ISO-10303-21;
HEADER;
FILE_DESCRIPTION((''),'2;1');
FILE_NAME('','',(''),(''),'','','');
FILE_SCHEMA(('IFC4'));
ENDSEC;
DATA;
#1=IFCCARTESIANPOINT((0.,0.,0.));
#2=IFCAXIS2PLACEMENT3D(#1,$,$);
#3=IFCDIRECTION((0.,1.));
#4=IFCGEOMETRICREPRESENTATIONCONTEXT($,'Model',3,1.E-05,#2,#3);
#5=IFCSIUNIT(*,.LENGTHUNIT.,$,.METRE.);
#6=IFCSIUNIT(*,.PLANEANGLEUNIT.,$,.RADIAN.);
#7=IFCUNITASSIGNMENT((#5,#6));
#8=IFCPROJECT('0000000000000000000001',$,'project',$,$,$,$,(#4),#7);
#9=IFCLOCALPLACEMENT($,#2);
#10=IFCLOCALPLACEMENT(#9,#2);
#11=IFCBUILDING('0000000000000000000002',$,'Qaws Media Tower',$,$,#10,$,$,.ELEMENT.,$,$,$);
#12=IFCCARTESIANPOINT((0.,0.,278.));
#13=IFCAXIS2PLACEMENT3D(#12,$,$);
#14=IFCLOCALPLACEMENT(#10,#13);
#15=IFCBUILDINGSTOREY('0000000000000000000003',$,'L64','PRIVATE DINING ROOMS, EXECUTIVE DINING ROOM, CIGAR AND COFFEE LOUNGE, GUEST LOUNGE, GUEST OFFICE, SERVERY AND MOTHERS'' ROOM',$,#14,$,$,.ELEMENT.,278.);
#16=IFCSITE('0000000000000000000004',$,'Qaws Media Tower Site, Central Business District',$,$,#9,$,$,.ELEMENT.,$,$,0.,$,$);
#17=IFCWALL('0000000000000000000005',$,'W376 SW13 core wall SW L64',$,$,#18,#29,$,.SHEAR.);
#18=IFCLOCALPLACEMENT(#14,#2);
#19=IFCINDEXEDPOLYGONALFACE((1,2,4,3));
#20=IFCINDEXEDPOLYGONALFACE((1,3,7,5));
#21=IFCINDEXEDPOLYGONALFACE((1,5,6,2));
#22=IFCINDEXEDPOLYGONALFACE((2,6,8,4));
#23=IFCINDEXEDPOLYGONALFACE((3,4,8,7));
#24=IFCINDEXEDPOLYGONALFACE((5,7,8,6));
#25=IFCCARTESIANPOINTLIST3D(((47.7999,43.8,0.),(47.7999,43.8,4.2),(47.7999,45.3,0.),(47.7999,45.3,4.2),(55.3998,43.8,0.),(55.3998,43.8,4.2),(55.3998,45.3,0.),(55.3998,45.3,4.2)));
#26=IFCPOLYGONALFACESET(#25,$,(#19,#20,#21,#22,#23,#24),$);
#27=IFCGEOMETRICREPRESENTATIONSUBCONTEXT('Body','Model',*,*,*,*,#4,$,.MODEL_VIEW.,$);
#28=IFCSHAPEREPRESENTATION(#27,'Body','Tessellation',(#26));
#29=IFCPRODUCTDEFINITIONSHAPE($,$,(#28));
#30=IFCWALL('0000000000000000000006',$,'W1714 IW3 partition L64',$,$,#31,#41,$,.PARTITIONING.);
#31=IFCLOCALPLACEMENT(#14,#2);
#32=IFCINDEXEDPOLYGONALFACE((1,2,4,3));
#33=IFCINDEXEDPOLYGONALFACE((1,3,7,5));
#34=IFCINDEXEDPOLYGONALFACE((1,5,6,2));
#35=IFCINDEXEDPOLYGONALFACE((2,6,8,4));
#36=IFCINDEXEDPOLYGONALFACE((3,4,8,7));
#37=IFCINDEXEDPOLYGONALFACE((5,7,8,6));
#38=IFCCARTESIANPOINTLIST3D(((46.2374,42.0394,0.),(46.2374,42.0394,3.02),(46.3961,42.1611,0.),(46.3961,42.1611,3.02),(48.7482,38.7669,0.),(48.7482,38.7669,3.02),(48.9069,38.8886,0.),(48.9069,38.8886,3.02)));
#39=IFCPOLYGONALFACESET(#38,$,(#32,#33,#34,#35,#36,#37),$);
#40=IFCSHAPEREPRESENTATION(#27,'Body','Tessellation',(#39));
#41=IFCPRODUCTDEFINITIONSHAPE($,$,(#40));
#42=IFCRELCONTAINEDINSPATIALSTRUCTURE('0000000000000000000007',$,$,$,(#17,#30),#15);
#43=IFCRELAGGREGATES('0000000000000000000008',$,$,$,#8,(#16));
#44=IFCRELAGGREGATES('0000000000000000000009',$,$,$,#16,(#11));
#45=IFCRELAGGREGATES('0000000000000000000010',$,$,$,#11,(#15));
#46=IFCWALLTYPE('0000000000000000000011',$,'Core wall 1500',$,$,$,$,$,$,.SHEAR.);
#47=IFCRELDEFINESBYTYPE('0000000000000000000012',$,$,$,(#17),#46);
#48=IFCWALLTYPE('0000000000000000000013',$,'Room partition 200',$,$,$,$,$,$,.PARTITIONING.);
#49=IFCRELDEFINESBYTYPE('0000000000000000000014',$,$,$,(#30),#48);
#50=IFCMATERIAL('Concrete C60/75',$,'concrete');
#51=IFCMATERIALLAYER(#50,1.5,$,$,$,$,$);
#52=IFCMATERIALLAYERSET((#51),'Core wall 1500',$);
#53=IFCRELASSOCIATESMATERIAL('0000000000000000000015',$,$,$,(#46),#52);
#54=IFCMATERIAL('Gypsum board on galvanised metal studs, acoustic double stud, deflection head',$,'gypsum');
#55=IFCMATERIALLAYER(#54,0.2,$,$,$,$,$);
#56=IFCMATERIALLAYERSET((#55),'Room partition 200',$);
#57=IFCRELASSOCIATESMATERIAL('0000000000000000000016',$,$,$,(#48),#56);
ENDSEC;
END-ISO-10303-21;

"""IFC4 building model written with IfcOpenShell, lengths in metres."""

from ifc_helpers import new_model, si_unit, direction, frame, frame_2d, origin, place, context, subcontext, project, spatial, rectangle, extrude, material, layer, layer_set, type_object, element, save


model = new_model("IFC4")

# Units and contexts
model_context = context("Model", 3, precision=1e-05, world=origin(), true_north=direction((0.0, 1.0)))
body_context = subcontext(model_context, "Body", "Model", "MODEL_VIEW")
ifc_project = project(units=[si_unit("LENGTHUNIT", "METRE"), si_unit("PLANEANGLEUNIT", "RADIAN")], contexts=[model_context])

# Site, building, storey
site_placement = place(None, origin())
site = spatial("IfcSite", under=ifc_project, at=site_placement, Name="Qaws Media Tower Site, Central Business District", CompositionType="ELEMENT", RefElevation=0.0)
building_placement = place(site_placement, origin())
building = spatial("IfcBuilding", under=site, at=building_placement, Name="Qaws Media Tower", CompositionType="ELEMENT")
storey_placement = place(building_placement, frame((0.0, 0.0, 278.0)))
storey = spatial("IfcBuildingStorey", under=building, at=storey_placement, Name="L64", Description="PRIVATE DINING ROOMS, EXECUTIVE DINING ROOM, CIGAR AND COFFEE LOUNGE, GUEST LOUNGE, GUEST OFFICE, SERVERY AND MOTHERS' ROOM", CompositionType="ELEMENT", Elevation=278.0)

# Walls
ifc_material_1 = material(Name="Concrete C60/75", Category="concrete")
ifc_layer_1 = layer(ifc_material_1, 1.5)
ifc_layer_set_1 = layer_set([ifc_layer_1], Name="Core wall 1500")
wall_type_1 = type_object("IfcWallType", Name="Core wall 1500", PredefinedType="SHEAR", material=ifc_layer_set_1)
wall_1_placement = place(storey_placement, frame((47.8, 44.55, 0.0), z_axis=(0.0, 0.0, 1.0), x_axis=(1.0, 0.0, 0.0)))
element("IfcWall", 1, at=wall_1_placement, inside=storey, type_object=wall_type_1, Name="W376 SW13 core wall SW L64", PredefinedType="SHEAR", context=body_context, shape_type="SweptSolid", body=[
    extrude(rectangle(XDim=7.5999, YDim=1.5, at=frame_2d((3.7998, 0.0))), origin(), (0.0, 0.0, 1.0), 4.2),
])
ifc_material_2 = material(Name="Gypsum board on galvanised metal studs, acoustic double stud, deflection head", Category="gypsum")
ifc_layer_2 = layer(ifc_material_2, 0.2)
ifc_layer_set_2 = layer_set([ifc_layer_2], Name="Room partition 200")
wall_type_2 = type_object("IfcWallType", Name="Room partition 200", PredefinedType="PARTITIONING", material=ifc_layer_set_2)
wall_2_placement = place(storey_placement, frame((48.8276, 38.8276, 0.0), z_axis=(0.0, 0.0, 1.0), x_axis=(-0.608715, 0.793389, 0.0)))
element("IfcWall", 2, at=wall_2_placement, inside=storey, type_object=wall_type_2, Name="W1714 IW3 partition L64", PredefinedType="PARTITIONING", context=body_context, shape_type="SweptSolid", body=[
    extrude(rectangle(XDim=4.1248, YDim=0.2, at=frame_2d((2.0625, 0.0))), origin(), (0.0, 0.0, 1.0), 3.02),
])

save(model, "model.ifc")
